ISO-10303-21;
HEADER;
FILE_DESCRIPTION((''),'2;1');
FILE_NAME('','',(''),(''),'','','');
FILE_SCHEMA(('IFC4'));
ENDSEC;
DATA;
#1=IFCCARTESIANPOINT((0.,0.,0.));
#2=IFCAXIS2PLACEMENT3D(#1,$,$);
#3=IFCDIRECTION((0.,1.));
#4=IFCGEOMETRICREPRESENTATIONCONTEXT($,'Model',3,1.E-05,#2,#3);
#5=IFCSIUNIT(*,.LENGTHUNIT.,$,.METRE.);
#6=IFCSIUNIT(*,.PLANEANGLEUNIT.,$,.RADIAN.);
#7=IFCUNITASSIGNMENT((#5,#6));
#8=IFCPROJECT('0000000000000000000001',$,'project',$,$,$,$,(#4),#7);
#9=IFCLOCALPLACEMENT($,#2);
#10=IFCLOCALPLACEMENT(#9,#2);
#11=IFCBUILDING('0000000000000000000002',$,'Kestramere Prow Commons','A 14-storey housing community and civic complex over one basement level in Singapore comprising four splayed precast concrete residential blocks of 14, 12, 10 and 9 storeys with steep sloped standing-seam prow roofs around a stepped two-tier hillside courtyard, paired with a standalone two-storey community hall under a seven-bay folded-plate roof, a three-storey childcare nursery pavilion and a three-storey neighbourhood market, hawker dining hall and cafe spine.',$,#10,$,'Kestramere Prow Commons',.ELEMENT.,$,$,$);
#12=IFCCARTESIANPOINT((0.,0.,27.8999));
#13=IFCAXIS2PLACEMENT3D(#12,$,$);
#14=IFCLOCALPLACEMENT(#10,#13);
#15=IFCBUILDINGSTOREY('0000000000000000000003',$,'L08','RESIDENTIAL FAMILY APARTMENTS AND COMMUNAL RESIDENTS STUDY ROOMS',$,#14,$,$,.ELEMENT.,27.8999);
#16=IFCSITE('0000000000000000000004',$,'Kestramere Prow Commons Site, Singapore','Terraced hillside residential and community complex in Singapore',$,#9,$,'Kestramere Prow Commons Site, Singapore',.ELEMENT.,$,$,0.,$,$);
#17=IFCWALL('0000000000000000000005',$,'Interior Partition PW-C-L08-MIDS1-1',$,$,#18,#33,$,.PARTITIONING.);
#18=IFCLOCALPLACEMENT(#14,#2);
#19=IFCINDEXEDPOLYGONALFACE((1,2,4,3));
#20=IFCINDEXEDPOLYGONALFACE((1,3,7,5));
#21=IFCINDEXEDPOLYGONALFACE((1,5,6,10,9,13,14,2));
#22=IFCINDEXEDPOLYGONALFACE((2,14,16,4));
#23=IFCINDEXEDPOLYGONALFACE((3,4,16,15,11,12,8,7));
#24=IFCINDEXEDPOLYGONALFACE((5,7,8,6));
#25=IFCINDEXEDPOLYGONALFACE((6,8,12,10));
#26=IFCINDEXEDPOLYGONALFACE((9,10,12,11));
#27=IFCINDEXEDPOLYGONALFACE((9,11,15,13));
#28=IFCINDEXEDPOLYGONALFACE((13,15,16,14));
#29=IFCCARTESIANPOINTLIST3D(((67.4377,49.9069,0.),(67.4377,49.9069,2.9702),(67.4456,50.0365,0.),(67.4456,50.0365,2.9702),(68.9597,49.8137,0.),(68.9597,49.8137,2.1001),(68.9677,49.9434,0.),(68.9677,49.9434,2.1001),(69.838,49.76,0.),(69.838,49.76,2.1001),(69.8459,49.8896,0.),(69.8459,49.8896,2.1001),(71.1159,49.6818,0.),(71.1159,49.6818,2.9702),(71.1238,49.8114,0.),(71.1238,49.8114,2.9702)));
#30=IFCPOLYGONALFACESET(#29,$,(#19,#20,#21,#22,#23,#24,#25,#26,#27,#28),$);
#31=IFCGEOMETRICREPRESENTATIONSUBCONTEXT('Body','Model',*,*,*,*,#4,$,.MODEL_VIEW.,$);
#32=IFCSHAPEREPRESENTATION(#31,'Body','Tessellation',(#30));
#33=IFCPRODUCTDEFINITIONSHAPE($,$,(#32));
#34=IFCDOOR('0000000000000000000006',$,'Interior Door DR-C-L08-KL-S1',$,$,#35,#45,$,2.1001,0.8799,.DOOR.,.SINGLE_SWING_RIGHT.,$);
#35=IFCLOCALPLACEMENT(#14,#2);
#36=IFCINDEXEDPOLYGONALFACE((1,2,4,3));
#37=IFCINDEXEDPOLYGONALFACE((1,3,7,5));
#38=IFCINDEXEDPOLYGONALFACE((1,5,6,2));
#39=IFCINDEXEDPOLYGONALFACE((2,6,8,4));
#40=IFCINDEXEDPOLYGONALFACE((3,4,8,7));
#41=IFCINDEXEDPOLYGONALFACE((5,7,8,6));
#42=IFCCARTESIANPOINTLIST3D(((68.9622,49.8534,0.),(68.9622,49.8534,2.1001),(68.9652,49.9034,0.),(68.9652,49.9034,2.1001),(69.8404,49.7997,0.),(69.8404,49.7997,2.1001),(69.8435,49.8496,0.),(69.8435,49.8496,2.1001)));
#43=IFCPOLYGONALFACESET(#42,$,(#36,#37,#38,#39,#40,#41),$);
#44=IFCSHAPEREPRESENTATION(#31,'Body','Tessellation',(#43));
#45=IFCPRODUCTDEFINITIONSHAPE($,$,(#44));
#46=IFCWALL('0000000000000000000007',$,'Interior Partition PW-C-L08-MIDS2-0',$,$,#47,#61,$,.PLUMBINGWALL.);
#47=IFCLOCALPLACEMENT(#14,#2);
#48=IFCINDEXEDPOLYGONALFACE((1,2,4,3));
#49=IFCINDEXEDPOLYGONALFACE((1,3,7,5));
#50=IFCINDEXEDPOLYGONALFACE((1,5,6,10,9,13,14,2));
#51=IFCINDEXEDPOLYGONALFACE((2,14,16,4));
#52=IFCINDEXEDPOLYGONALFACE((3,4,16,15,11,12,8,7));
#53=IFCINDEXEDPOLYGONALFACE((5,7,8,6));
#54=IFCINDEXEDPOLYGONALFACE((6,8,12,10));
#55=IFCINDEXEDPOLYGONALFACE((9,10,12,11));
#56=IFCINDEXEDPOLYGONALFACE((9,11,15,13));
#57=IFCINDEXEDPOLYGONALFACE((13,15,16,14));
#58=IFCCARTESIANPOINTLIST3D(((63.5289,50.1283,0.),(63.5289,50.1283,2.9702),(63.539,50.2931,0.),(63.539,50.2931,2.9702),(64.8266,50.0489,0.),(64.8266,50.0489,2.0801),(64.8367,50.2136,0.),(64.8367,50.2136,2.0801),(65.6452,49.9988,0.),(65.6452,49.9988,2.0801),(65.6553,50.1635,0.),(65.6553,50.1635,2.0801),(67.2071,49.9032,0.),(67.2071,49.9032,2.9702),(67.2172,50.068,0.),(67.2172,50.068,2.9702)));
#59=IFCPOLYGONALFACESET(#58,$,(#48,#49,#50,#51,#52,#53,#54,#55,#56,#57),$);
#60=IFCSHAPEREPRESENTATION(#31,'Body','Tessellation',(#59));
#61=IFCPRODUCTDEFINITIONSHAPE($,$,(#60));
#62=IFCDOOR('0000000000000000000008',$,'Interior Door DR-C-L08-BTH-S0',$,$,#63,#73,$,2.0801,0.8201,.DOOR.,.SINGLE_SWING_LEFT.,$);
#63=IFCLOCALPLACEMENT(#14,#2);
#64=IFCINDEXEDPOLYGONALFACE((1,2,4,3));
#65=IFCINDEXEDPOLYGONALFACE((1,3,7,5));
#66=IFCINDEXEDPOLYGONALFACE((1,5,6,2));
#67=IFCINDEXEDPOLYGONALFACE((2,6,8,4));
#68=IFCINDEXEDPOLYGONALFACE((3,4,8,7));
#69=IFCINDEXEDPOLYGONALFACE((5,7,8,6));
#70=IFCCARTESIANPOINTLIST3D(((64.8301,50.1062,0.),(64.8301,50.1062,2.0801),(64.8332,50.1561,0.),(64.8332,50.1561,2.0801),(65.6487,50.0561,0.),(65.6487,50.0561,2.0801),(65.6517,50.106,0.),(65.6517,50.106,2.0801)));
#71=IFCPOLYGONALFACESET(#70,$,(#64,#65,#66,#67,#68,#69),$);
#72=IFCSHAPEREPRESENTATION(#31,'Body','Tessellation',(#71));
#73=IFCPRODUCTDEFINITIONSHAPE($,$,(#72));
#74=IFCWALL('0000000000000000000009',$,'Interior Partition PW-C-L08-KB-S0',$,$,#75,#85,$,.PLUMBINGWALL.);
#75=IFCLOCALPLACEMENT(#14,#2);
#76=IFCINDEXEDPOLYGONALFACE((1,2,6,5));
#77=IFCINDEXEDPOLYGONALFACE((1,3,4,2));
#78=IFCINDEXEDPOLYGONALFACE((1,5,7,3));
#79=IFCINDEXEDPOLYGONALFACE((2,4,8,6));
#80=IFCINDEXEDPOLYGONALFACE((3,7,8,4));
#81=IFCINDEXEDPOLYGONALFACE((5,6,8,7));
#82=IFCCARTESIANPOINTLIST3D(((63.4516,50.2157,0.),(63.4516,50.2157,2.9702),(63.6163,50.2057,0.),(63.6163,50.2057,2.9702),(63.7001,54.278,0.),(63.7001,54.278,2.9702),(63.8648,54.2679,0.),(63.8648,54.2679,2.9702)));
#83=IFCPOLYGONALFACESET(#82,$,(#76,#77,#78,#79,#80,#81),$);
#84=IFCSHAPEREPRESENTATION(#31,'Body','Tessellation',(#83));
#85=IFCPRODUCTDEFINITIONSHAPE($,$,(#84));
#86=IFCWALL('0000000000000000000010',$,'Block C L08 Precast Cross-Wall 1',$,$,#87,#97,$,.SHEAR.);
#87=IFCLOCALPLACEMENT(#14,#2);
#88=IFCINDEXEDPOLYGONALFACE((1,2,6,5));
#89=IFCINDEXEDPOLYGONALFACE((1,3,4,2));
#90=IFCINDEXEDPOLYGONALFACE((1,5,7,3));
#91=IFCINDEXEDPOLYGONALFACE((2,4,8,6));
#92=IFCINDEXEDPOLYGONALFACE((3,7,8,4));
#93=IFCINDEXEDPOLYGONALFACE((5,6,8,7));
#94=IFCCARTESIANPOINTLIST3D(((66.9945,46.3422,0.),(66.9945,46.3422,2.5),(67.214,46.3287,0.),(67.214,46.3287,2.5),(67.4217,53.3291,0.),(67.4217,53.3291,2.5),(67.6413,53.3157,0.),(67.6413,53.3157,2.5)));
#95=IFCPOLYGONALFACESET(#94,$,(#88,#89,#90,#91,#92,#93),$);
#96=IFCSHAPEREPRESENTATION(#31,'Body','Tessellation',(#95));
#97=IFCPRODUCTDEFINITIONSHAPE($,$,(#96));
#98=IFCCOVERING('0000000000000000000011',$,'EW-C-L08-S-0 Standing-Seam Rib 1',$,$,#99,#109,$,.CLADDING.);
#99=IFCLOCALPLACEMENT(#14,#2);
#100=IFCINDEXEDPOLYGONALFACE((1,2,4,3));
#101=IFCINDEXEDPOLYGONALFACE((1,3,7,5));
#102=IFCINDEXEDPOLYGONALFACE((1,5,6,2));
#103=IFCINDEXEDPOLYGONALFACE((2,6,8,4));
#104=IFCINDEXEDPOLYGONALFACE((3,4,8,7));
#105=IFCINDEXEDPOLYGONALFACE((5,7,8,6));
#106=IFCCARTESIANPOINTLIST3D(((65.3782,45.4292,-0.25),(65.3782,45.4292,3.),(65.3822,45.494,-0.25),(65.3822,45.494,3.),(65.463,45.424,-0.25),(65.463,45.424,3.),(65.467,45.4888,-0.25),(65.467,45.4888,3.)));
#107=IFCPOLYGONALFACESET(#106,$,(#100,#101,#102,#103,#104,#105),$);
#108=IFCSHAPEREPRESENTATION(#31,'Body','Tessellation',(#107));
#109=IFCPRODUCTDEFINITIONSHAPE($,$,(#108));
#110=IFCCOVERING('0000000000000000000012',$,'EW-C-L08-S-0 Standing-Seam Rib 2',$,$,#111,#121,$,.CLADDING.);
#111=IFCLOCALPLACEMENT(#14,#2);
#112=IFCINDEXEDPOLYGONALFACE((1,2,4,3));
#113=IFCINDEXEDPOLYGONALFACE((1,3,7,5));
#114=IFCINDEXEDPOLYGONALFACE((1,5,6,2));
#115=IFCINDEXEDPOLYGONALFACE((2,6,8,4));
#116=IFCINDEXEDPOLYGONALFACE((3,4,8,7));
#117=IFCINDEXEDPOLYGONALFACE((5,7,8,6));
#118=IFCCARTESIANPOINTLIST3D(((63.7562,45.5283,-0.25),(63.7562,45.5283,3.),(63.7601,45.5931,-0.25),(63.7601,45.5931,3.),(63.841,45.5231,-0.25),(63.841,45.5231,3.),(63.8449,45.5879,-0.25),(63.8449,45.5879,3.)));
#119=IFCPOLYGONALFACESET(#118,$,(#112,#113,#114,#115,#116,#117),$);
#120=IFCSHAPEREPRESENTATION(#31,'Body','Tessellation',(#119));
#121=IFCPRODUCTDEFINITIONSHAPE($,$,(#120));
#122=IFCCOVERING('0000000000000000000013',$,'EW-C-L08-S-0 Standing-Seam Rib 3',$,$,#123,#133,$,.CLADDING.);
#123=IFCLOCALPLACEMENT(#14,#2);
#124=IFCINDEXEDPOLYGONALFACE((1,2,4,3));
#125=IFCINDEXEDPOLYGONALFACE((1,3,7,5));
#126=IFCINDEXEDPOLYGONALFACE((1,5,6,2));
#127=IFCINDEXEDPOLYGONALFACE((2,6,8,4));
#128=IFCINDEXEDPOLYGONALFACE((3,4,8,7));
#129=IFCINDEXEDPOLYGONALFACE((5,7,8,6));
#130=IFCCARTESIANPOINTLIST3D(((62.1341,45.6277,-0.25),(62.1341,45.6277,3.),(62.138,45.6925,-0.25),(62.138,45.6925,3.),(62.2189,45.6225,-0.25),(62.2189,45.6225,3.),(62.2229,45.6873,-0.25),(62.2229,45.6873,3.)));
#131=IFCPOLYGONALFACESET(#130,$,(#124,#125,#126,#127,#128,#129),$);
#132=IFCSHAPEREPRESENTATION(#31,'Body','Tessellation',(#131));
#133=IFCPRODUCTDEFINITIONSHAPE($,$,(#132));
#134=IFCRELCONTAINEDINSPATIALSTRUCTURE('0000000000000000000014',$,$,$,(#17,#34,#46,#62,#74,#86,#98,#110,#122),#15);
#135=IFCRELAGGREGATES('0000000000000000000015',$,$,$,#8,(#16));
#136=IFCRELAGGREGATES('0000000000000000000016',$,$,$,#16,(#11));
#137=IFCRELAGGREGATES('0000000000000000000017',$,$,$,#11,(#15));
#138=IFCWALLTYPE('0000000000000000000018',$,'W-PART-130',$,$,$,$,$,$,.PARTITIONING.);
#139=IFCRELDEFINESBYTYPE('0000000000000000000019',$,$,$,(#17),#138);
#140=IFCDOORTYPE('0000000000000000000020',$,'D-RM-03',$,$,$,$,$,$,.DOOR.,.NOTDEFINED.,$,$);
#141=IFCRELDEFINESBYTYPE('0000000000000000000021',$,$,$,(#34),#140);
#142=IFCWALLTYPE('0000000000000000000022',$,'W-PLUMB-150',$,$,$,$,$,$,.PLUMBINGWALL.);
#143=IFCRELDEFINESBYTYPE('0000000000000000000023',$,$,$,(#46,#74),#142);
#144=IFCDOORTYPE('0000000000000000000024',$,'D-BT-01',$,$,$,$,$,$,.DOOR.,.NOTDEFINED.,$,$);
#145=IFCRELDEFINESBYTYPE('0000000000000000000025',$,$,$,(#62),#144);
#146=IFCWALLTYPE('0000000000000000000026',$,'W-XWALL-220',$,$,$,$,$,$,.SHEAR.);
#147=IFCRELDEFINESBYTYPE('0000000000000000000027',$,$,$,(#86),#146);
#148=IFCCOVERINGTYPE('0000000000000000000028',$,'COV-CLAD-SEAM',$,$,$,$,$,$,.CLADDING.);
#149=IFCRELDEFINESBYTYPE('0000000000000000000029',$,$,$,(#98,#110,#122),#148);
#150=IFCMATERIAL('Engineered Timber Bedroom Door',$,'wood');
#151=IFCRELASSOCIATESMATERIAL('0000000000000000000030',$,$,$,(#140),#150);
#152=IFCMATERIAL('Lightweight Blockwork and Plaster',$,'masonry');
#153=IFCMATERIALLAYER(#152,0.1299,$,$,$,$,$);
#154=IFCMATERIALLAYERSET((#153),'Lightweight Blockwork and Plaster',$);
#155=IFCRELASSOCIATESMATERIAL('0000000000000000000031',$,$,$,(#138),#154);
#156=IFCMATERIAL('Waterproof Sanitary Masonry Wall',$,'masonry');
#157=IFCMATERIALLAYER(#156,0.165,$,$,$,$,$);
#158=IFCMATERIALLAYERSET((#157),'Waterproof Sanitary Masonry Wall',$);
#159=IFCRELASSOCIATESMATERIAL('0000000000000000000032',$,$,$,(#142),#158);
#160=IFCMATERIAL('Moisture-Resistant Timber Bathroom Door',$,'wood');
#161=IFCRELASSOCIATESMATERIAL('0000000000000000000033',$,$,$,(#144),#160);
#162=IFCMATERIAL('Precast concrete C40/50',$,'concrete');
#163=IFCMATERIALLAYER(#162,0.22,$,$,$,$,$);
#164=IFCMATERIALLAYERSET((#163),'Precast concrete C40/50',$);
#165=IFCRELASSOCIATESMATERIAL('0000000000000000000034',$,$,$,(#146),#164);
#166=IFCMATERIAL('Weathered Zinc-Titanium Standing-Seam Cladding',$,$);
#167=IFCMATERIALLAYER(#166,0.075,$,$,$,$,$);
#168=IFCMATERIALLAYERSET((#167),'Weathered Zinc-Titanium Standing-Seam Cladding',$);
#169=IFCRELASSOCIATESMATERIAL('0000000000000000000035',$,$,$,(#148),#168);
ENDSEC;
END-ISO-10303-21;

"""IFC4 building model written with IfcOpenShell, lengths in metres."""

from ifc_helpers import new_model, si_unit, direction, frame, frame_2d, origin, origin_2d, place, context, subcontext, project, spatial, rectangle, extrude, material, layer, layer_set, type_object, element, fill, save


model = new_model("IFC4")

# Units and contexts
model_context = context("Model", 3, precision=1e-05, world=origin(), true_north=direction((0.0, 1.0)))
body_context = subcontext(model_context, "Body", "Model", "MODEL_VIEW")
ifc_project = project(units=[si_unit("LENGTHUNIT", "METRE"), si_unit("PLANEANGLEUNIT", "RADIAN")], contexts=[model_context])

# Site, building, storey
site_placement = place(None, origin())
site = spatial("IfcSite", under=ifc_project, at=site_placement, Name="Kestramere Prow Commons Site, Singapore", Description="Terraced hillside residential and community complex in Singapore", LongName="Kestramere Prow Commons Site, Singapore", CompositionType="ELEMENT", RefElevation=0.0)
building_placement = place(site_placement, origin())
building = spatial("IfcBuilding", under=site, at=building_placement, Name="Kestramere Prow Commons", Description="A 14-storey housing community and civic complex over one basement level in Singapore comprising four splayed precast concrete residential blocks of 14, 12, 10 and 9 storeys with steep sloped standing-seam prow roofs around a stepped two-tier hillside courtyard, paired with a standalone two-storey community hall under a seven-bay folded-plate roof, a three-storey childcare nursery pavilion and a three-storey neighbourhood market, hawker dining hall and cafe spine.", LongName="Kestramere Prow Commons", CompositionType="ELEMENT")
storey_placement = place(building_placement, frame((0.0, 0.0, 27.8999)))
storey = spatial("IfcBuildingStorey", under=building, at=storey_placement, Name="L08", Description="RESIDENTIAL FAMILY APARTMENTS AND COMMUNAL RESIDENTS STUDY ROOMS", CompositionType="ELEMENT", Elevation=27.8999)

# Shared definitions
ifc_material_1 = material(Name="Precast concrete C40/50", Category="concrete")

# Walls, openings, doors
ifc_material_2 = material(Name="Engineered Timber Bedroom Door", Category="wood")
door_type_1 = type_object("IfcDoorType", Name="D-RM-03", OperationType="NOTDEFINED", PredefinedType="DOOR", material=ifc_material_2)
ifc_material_3 = material(Name="Lightweight Blockwork and Plaster", Category="masonry")
ifc_layer_1 = layer(ifc_material_3, 0.1299)
ifc_layer_set_1 = layer_set([ifc_layer_1], Name="Lightweight Blockwork and Plaster")
wall_type_1 = type_object("IfcWallType", Name="W-PART-130", PredefinedType="PARTITIONING", material=ifc_layer_set_1)
wall_1_placement = place(storey_placement, frame((67.4417, 49.9717, 0.0), z_axis=(0.0, 0.0, 1.0), x_axis=(0.998133, -0.061083, 0.0)))
wall_1 = element("IfcWall", 1, at=wall_1_placement, inside=storey, type_object=wall_type_1, Name="Interior Partition PW-C-L08-MIDS1-1", PredefinedType="PARTITIONING", context=body_context, shape_type="SweptSolid", body=[
    extrude(rectangle(XDim=3.6851, YDim=0.1299, at=frame_2d((1.8425, 0.0))), origin(), (0.0, 0.0, 1.0), 2.9702),
])
opening_1_placement = place(wall_1_placement, frame((1.5249, 0.0, 0.0)))
opening_1 = element("IfcOpeningElement", 2, at=opening_1_placement, cuts=wall_1, PredefinedType="OPENING", context=body_context, shape_type="SweptSolid", body=[
    extrude(rectangle(XDim=0.8799, YDim=2.1001, at=frame_2d((0.4399, 1.05))), frame((0.0, 0.0798, 0.0), z_axis=(0.0, -1.0, 0.0), x_axis=(1.0, 0.0, 0.0)), (0.0, 0.0, 1.0), 0.1599),
])
door_1_placement = place(opening_1_placement, origin())
door_1 = element("IfcDoor", 3, at=door_1_placement, inside=storey, type_object=door_type_1, Name="Interior Door DR-C-L08-KL-S1", OperationType="SINGLE_SWING_RIGHT", OverallHeight=2.1001, OverallWidth=0.8799, PredefinedType="DOOR", context=body_context, shape_type="SweptSolid", body=[
    extrude(rectangle(XDim=0.8799, YDim=2.1001, at=frame_2d((0.4399, 1.05))), frame((0.0, 0.0249, 0.0), z_axis=(0.0, -1.0, 0.0), x_axis=(1.0, 0.0, 0.0)), (0.0, 0.0, 1.0), 0.05),
])
fill(opening_1, door_1)
ifc_material_4 = material(Name="Waterproof Sanitary Masonry Wall", Category="masonry")
ifc_layer_2 = layer(ifc_material_4, 0.165)
ifc_layer_set_2 = layer_set([ifc_layer_2], Name="Waterproof Sanitary Masonry Wall")
wall_type_2 = type_object("IfcWallType", Name="W-PLUMB-150", PredefinedType="PLUMBINGWALL", material=ifc_layer_set_2)
wall_2_placement = place(storey_placement, frame((63.5339, 50.2107, 0.0), z_axis=(0.0, 0.0, 1.0), x_axis=(0.998133, -0.061083, 0.0)))
wall_2 = element("IfcWall", 4, at=wall_2_placement, inside=storey, type_object=wall_type_2, Name="Interior Partition PW-C-L08-MIDS2-0", PredefinedType="PLUMBINGWALL", context=body_context, shape_type="SweptSolid", body=[
    extrude(rectangle(XDim=3.6851, YDim=0.165, at=frame_2d((1.8425, 0.0))), origin(), (0.0, 0.0, 1.0), 2.9702),
])
opening_2_placement = place(wall_2_placement, frame((1.3, 0.0, 0.0)))
opening_2 = element("IfcOpeningElement", 5, at=opening_2_placement, cuts=wall_2, PredefinedType="OPENING", context=body_context, shape_type="SweptSolid", body=[
    extrude(rectangle(XDim=0.8201, YDim=2.0801, at=frame_2d((0.4102, 1.04))), frame((0.0, 0.0974, 0.0), z_axis=(0.0, -1.0, 0.0), x_axis=(1.0, 0.0, 0.0)), (0.0, 0.0, 1.0), 0.1951),
])
ifc_material_5 = material(Name="Moisture-Resistant Timber Bathroom Door", Category="wood")
door_type_2 = type_object("IfcDoorType", Name="D-BT-01", OperationType="NOTDEFINED", PredefinedType="DOOR", material=ifc_material_5)
door_2_placement = place(opening_2_placement, origin())
door_2 = element("IfcDoor", 6, at=door_2_placement, inside=storey, type_object=door_type_2, Name="Interior Door DR-C-L08-BTH-S0", OperationType="SINGLE_SWING_LEFT", OverallHeight=2.0801, OverallWidth=0.8201, PredefinedType="DOOR", context=body_context, shape_type="SweptSolid", body=[
    extrude(rectangle(XDim=0.8201, YDim=2.0801, at=frame_2d((0.4102, 1.04))), frame((0.0, 0.0249, 0.0), z_axis=(0.0, -1.0, 0.0), x_axis=(1.0, 0.0, 0.0)), (0.0, 0.0, 1.0), 0.05),
])
fill(opening_2, door_2)

# Walls
wall_3_placement = place(storey_placement, frame((63.5339, 50.2107, 0.0), z_axis=(0.0, 0.0, 1.0), x_axis=(0.061067, 0.998134, 0.0)))
element("IfcWall", 7, at=wall_3_placement, inside=storey, type_object=wall_type_2, Name="Interior Partition PW-C-L08-KB-S0", PredefinedType="PLUMBINGWALL", context=body_context, shape_type="SweptSolid", body=[
    extrude(rectangle(XDim=4.0698, YDim=0.165, at=frame_2d((2.0349, 0.0))), origin(), (0.0, 0.0, 1.0), 2.9702),
])
ifc_layer_3 = layer(ifc_material_1, 0.22)
ifc_layer_set_3 = layer_set([ifc_layer_3], Name="Precast concrete C40/50")
wall_type_3 = type_object("IfcWallType", Name="W-XWALL-220", PredefinedType="SHEAR", material=ifc_layer_set_3)
wall_4_placement = place(storey_placement, frame((67.1042, 46.3354, 0.0), z_axis=(0.0, 0.0, 1.0), x_axis=(0.061034, 0.998136, 0.0)))
element("IfcWall", 8, at=wall_4_placement, inside=storey, type_object=wall_type_3, Name="Block C L08 Precast Cross-Wall 1", PredefinedType="SHEAR", context=body_context, shape_type="SweptSolid", body=[
    extrude(rectangle(XDim=7.0, YDim=0.22, at=frame_2d((3.5, 0.0))), origin(), (0.0, 0.0, 1.0), 2.5),
])

# Coverings
ifc_material_6 = material(Name="Weathered Zinc-Titanium Standing-Seam Cladding")
ifc_layer_4 = layer(ifc_material_6, 0.075)
ifc_layer_set_4 = layer_set([ifc_layer_4], Name="Weathered Zinc-Titanium Standing-Seam Cladding")
covering_type = type_object("IfcCoveringType", Name="COV-CLAD-SEAM", PredefinedType="CLADDING", material=ifc_layer_set_4)
for number, where, z_axis, x_axis, name in (
    (9, (65.4226, 45.459, -0.25), (0.0, 0.0, 1.0), (-0.998135, 0.061049, 0.0), "EW-C-L08-S-0 Standing-Seam Rib 1"),
    (10, (63.8005, 45.5581, -0.25), (0.0, 0.0, 1.0), (-0.998135, 0.061049, 0.0), "EW-C-L08-S-0 Standing-Seam Rib 2"),
    (11, (62.1785, 45.6575, -0.25), (0.0, 0.0, 1.0), (-0.998135, 0.061049, 0.0), "EW-C-L08-S-0 Standing-Seam Rib 3"),
):
    element("IfcCovering", number, at=place(storey_placement, frame(where, z_axis=z_axis, x_axis=x_axis)), inside=storey, type_object=covering_type, Name=name, PredefinedType="CLADDING", context=body_context, shape_type="SweptSolid", body=[
        extrude(rectangle(XDim=0.085, YDim=0.0649, at=origin_2d()), origin(), (0.0, 0.0, 1.0), 3.25),
    ])

save(model, "model.ifc")
